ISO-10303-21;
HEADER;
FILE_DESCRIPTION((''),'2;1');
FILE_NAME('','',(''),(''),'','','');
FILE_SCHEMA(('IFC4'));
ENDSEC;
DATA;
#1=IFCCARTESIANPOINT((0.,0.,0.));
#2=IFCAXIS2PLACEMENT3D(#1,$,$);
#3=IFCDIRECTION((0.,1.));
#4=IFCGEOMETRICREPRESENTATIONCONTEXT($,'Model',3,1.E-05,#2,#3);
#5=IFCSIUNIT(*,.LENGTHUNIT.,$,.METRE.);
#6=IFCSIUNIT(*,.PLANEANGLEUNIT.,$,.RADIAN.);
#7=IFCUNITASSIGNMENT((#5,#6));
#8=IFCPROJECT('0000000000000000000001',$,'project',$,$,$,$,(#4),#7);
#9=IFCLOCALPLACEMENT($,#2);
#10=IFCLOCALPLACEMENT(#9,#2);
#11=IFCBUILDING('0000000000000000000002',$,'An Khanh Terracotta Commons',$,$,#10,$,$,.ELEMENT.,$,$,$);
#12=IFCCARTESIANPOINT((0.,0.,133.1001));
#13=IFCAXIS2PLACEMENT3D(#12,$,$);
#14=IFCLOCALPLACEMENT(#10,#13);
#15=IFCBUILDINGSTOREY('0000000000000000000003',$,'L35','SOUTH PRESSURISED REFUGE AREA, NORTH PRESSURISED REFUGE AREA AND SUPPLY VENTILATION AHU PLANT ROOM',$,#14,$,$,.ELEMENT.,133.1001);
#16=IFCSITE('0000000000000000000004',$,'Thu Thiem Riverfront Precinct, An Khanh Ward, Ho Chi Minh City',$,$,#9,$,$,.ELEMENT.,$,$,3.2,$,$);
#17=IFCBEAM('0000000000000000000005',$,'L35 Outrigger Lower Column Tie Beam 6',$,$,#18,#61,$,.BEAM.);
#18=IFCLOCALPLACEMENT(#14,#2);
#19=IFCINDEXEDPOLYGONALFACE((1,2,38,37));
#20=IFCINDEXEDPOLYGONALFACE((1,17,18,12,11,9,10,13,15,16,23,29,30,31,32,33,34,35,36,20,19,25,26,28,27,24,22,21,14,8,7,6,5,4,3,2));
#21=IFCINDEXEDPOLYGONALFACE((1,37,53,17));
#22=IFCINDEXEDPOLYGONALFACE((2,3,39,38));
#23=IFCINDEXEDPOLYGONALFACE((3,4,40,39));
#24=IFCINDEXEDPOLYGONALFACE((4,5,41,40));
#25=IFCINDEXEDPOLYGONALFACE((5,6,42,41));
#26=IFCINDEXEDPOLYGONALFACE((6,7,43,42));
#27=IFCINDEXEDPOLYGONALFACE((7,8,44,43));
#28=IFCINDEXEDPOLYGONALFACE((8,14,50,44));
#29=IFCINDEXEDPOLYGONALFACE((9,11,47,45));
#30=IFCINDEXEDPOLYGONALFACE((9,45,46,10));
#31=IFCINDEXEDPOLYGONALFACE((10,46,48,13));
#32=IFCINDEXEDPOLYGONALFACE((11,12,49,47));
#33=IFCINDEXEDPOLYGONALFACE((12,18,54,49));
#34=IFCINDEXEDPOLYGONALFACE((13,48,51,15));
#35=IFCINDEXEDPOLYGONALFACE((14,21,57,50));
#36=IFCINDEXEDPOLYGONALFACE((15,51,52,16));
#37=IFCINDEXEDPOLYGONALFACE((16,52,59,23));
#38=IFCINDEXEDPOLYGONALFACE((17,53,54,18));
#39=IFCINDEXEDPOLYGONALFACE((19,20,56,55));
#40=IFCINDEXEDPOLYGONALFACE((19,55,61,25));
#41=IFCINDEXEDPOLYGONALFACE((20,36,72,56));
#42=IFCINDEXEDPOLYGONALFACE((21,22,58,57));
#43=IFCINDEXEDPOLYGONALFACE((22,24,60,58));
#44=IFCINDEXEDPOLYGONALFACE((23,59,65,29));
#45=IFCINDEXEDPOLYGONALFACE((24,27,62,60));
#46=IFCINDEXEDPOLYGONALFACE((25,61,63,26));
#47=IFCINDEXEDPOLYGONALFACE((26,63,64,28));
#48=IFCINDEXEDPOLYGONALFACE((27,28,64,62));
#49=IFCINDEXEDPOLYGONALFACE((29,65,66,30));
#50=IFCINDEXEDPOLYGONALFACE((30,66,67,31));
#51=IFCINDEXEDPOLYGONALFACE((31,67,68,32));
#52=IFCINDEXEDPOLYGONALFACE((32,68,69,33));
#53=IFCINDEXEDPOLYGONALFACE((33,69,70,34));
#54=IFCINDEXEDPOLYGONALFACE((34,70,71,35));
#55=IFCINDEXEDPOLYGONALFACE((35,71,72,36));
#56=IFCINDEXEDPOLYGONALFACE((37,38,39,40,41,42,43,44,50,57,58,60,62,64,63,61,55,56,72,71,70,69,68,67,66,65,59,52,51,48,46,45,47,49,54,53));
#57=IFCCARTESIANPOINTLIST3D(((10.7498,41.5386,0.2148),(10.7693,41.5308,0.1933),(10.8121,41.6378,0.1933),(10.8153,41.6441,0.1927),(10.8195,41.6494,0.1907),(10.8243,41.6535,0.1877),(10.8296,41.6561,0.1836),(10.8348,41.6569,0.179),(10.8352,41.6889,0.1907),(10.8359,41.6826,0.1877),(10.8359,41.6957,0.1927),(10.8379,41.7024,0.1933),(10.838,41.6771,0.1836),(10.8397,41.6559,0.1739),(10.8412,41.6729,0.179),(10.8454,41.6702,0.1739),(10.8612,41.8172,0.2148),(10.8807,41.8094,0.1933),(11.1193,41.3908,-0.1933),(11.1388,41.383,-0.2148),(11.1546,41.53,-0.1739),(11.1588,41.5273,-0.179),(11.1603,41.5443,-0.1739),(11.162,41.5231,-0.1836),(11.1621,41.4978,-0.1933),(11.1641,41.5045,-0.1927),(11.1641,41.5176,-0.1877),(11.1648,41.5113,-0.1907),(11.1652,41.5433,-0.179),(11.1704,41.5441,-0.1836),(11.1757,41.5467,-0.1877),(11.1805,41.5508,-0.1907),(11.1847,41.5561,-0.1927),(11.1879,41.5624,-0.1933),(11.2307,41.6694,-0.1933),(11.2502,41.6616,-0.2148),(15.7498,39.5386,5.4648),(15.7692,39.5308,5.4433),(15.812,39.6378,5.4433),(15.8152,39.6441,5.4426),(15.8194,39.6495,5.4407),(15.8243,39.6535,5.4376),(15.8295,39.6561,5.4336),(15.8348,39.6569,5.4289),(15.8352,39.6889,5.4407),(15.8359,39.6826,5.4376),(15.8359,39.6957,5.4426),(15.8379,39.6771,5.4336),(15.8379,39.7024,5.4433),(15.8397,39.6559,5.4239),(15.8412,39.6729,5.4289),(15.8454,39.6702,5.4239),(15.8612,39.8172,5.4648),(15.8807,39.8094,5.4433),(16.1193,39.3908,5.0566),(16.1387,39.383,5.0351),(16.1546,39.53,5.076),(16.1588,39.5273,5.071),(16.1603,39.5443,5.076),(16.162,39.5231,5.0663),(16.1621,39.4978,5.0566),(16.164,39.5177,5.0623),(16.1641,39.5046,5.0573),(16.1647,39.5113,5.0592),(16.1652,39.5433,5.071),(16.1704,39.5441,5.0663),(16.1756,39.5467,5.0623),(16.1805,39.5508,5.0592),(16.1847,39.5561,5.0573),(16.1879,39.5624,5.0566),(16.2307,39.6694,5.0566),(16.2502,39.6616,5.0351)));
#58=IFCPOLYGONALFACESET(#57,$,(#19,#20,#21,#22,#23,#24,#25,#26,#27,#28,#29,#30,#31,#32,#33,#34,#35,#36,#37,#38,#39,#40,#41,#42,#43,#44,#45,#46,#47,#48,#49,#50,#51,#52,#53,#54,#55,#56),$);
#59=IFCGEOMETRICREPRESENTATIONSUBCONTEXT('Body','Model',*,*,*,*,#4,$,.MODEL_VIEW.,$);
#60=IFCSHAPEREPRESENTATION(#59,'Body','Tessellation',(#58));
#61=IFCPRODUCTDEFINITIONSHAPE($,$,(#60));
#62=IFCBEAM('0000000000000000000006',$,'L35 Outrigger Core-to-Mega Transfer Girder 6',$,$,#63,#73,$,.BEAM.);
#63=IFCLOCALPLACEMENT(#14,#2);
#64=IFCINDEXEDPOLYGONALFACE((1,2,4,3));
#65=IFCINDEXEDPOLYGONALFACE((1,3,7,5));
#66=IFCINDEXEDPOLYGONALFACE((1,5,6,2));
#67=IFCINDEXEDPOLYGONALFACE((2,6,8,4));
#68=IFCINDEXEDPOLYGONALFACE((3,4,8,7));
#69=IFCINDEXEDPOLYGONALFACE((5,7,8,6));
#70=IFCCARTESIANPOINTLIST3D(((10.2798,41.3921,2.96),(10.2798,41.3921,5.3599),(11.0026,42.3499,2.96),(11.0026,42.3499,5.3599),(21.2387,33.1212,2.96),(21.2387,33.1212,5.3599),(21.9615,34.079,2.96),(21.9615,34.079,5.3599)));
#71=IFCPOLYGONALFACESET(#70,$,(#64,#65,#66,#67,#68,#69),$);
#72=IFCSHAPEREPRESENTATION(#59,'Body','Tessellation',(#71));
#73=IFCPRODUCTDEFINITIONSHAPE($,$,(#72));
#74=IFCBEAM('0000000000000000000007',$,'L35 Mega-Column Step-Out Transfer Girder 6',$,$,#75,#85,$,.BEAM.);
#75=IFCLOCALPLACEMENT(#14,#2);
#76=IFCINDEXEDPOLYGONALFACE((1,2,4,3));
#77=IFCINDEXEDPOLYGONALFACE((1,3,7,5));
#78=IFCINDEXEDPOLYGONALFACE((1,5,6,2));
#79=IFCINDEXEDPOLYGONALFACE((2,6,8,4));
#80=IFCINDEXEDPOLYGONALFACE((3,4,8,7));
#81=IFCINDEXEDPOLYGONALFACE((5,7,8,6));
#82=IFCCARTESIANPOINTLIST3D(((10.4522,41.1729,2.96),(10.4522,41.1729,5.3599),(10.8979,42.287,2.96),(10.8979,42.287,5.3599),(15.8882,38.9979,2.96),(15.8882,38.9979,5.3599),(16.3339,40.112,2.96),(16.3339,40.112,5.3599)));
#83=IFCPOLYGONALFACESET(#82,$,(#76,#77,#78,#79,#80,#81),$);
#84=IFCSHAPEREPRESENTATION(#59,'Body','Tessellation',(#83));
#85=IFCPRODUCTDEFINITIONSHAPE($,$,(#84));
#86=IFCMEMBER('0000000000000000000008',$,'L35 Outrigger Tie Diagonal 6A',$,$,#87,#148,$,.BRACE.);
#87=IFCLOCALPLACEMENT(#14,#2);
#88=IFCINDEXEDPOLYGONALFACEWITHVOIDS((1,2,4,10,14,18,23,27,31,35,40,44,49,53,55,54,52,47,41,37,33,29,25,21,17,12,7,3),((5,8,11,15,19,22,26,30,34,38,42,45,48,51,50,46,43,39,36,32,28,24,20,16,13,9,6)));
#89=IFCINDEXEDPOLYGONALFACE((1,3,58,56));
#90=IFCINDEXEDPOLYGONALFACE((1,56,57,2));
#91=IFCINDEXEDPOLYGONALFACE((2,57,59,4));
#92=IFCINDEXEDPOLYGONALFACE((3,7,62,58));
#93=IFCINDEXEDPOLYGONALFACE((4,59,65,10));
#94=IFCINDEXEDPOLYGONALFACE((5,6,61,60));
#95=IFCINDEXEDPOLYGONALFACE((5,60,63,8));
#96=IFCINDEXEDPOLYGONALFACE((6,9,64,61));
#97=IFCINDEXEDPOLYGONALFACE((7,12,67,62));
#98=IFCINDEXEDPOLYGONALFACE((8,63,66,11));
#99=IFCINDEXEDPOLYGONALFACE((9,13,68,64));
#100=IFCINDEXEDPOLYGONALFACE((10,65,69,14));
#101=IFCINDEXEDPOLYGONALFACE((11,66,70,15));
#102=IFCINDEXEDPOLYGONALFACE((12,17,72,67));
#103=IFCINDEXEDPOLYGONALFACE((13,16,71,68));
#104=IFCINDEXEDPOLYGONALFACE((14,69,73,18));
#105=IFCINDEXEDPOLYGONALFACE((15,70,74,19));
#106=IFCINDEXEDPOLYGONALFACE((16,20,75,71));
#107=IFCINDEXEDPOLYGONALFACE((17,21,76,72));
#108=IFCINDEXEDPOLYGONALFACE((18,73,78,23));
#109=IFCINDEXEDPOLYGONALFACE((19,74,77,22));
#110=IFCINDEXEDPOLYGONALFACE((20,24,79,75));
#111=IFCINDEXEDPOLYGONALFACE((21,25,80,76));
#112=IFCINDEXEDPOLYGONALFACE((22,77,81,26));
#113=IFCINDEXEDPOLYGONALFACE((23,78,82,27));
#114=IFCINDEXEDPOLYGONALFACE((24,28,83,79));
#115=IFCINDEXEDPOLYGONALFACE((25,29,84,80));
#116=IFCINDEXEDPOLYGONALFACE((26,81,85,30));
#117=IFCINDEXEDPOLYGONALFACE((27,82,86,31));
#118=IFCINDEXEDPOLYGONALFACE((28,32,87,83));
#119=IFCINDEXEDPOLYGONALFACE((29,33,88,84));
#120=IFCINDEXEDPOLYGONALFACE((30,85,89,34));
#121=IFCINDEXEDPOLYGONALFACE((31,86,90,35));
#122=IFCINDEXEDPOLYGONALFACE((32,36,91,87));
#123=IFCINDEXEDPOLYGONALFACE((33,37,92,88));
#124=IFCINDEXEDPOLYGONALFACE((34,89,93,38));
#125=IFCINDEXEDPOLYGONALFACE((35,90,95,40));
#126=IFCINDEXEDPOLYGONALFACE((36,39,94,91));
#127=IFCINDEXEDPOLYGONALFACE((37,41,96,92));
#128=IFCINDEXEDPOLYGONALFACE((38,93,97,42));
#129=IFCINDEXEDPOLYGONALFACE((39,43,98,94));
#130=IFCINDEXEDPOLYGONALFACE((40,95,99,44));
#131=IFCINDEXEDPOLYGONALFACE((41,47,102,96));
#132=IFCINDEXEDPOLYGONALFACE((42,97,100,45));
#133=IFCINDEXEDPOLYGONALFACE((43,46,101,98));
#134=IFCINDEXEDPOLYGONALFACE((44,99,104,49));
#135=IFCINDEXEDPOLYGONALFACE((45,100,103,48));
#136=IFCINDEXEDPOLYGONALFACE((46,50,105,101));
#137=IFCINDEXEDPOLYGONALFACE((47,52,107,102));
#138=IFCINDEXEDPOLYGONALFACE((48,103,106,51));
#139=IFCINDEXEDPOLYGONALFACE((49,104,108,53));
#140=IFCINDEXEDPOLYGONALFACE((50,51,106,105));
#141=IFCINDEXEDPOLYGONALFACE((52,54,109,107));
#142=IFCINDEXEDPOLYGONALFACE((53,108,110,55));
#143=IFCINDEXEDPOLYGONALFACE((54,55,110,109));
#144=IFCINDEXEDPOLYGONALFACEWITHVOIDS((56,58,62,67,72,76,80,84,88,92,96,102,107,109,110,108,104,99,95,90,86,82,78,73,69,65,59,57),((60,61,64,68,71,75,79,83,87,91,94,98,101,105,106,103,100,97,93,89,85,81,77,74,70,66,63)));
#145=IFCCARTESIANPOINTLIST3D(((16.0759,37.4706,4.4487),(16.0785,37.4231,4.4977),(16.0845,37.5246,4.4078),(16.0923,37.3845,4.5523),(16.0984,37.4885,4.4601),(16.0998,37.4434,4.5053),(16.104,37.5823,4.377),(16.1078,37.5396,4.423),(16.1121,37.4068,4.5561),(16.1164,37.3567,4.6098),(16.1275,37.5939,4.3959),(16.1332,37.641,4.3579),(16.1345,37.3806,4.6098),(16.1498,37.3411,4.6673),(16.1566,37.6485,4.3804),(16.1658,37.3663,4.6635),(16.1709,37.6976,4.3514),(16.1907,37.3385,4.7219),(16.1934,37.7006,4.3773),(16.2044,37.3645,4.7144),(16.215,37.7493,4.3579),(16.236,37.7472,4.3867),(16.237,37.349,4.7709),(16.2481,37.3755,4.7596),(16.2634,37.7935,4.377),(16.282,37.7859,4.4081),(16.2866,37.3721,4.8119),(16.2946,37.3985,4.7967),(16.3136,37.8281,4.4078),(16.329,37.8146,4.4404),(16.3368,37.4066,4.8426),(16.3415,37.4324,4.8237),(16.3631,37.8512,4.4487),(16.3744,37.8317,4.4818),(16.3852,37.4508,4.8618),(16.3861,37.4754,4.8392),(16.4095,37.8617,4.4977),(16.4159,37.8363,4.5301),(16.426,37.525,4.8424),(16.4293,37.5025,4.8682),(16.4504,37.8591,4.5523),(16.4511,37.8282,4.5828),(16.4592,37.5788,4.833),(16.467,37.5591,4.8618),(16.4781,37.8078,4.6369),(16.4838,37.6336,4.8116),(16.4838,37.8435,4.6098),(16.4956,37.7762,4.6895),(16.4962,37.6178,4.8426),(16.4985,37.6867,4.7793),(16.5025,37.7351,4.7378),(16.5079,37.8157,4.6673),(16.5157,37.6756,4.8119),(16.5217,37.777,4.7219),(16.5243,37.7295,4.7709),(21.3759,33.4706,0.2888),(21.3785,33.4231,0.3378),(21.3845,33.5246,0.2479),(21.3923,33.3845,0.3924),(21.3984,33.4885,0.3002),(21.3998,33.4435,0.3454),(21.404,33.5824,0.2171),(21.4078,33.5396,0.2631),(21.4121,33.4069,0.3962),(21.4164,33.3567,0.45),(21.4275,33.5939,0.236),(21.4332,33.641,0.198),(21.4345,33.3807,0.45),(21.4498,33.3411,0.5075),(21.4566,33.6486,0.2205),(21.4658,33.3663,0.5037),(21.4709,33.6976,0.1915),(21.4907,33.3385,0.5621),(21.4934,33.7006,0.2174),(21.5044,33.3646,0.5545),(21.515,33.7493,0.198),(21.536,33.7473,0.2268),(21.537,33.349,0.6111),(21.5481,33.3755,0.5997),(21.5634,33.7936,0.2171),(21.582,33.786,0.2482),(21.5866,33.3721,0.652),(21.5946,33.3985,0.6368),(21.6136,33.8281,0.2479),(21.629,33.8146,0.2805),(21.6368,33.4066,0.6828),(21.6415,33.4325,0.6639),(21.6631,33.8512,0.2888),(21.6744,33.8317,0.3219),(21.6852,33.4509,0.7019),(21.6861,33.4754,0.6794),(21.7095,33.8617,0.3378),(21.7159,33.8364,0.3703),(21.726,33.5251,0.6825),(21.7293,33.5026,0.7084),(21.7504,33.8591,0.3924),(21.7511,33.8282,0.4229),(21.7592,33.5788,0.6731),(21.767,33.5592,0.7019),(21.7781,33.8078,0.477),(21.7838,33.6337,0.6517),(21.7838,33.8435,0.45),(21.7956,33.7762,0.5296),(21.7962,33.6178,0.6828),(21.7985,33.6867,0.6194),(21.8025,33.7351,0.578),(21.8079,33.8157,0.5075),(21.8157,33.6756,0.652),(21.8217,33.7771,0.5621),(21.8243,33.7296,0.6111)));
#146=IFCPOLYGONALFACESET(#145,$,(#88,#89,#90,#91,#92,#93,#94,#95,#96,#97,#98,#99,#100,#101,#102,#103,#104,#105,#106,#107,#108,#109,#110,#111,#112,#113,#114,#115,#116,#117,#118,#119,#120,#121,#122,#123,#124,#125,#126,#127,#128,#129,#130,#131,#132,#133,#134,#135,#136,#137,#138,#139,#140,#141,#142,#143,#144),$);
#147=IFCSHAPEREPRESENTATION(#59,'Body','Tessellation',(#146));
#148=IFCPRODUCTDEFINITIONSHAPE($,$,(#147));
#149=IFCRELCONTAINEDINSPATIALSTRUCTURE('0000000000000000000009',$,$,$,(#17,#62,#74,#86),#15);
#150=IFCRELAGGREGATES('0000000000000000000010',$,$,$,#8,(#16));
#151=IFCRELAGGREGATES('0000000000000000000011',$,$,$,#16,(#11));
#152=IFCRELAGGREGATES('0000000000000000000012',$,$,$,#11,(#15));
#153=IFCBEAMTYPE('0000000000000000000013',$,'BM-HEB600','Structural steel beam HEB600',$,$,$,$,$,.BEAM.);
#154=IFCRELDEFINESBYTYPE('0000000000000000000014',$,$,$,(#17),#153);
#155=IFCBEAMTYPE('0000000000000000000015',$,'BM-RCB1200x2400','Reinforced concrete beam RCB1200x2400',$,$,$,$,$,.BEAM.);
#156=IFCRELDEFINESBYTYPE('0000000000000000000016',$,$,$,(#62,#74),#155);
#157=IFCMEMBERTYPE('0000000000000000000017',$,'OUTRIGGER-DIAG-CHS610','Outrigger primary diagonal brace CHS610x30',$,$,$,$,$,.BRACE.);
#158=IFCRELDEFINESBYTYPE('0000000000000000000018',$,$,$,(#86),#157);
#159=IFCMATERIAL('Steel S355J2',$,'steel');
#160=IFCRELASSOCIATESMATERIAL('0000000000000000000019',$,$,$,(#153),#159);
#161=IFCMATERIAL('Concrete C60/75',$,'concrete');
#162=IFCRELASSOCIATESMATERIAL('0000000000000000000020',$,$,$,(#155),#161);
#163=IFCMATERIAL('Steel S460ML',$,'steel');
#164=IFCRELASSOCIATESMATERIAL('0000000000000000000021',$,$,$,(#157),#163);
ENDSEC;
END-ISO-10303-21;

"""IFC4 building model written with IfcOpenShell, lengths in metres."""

from ifc_helpers import new_model, si_unit, direction, frame, origin, origin_2d, place, context, subcontext, project, spatial, rectangle, hollow_circle, i_section, extrude, material, material_profile, profile_set, type_object, element, save


model = new_model("IFC4")

# Units and contexts
model_context = context("Model", 3, precision=1e-05, world=origin(), true_north=direction((0.0, 1.0)))
body_context = subcontext(model_context, "Body", "Model", "MODEL_VIEW")
ifc_project = project(units=[si_unit("LENGTHUNIT", "METRE"), si_unit("PLANEANGLEUNIT", "RADIAN")], contexts=[model_context])

# Site, building, storey
site_placement = place(None, origin())
site = spatial("IfcSite", under=ifc_project, at=site_placement, Name="Thu Thiem Riverfront Precinct, An Khanh Ward, Ho Chi Minh City", CompositionType="ELEMENT", RefElevation=3.2)
building_placement = place(site_placement, origin())
building = spatial("IfcBuilding", under=site, at=building_placement, Name="An Khanh Terracotta Commons", CompositionType="ELEMENT")
storey_placement = place(building_placement, frame((0.0, 0.0, 133.1001)))
storey = spatial("IfcBuildingStorey", under=building, at=storey_placement, Name="L35", Description="SOUTH PRESSURISED REFUGE AREA, NORTH PRESSURISED REFUGE AREA AND SUPPLY VENTILATION AHU PLANT ROOM", CompositionType="ELEMENT", Elevation=133.1001)

# Shared definitions
ifc_material_1 = material(Name="Steel S460ML", Category="steel")

# Beams
ifc_material_2 = material(Name="Steel S355J2", Category="steel")
ifc_material_profile_1 = material_profile(ifc_material_2, i_section(OverallWidth=0.3, OverallDepth=0.6001, WebThickness=0.0154, FlangeThickness=0.03, FilletRadius=0.0271, at=origin_2d()), Name="HEB600")
ifc_profile_set_1 = profile_set([ifc_material_profile_1], Name="Steel S355J2")
beam_type_1 = type_object("IfcBeamType", Name="BM-HEB600", Description="Structural steel beam HEB600", PredefinedType="BEAM", material=ifc_profile_set_1)
beam_1_placement = place(storey_placement, frame((11.0, 41.6001, 0.0), z_axis=(0.664822, -0.265929, 0.698064), x_axis=(0.371391, 0.928477, 0.0)))
element("IfcBeam", 1, at=beam_1_placement, inside=storey, type_object=beam_type_1, Name="L35 Outrigger Lower Column Tie Beam 6", PredefinedType="BEAM", context=body_context, shape_type="SweptSolid", body=[
    extrude(i_section(OverallWidth=0.3, OverallDepth=0.6001, WebThickness=0.0154, FlangeThickness=0.03, FilletRadius=0.0271, at=origin_2d()), origin(), (0.0, 0.0, 1.0), 7.5208),
])
ifc_material_3 = material(Name="Concrete C60/75", Category="concrete")
ifc_material_profile_2 = material_profile(ifc_material_3, rectangle(XDim=1.2, YDim=2.3999, at=origin_2d()), Name="RCB1200x2400")
ifc_profile_set_2 = profile_set([ifc_material_profile_2], Name="Concrete C60/75")
beam_type_2 = type_object("IfcBeamType", Name="BM-RCB1200x2400", Description="Reinforced concrete beam RCB1200x2400", PredefinedType="BEAM", material=ifc_profile_set_2)
beam_2_placement = place(storey_placement, frame((21.6001, 33.6001, 4.1599), z_axis=(-0.798187, 0.60241, 0.0), x_axis=(-0.60241, -0.798187, 0.0)))
element("IfcBeam", 2, at=beam_2_placement, inside=storey, type_object=beam_type_2, Name="L35 Outrigger Core-to-Mega Transfer Girder 6", PredefinedType="BEAM", context=body_context, shape_type="SweptSolid", body=[
    extrude(rectangle(XDim=1.2, YDim=2.3999, at=origin_2d()), origin(), (0.0, 0.0, 1.0), 13.7297),
])
beam_3_placement = place(storey_placement, frame((10.675, 41.73, 4.1599), z_axis=(0.928439, -0.371484, 0.0), x_axis=(0.371484, 0.928439, 0.0)))
element("IfcBeam", 3, at=beam_3_placement, inside=storey, type_object=beam_type_2, Name="L35 Mega-Column Step-Out Transfer Girder 6", PredefinedType="BEAM", context=body_context, shape_type="SweptSolid", body=[
    extrude(rectangle(XDim=1.2, YDim=2.3999, at=origin_2d()), origin(), (0.0, 0.0, 1.0), 5.855),
])

# Member
ifc_material_profile_3 = material_profile(ifc_material_1, hollow_circle(Radius=0.3049, WallThickness=0.03, at=origin_2d()), Name="CHS610x30")
ifc_profile_set_3 = profile_set([ifc_material_profile_3], Name="Steel S460ML")
member_type_1 = type_object("IfcMemberType", Name="OUTRIGGER-DIAG-CHS610", Description="Outrigger primary diagonal brace CHS610x30", PredefinedType="BRACE", material=ifc_profile_set_3)
for number, where, z_axis, x_axis, name in (
    (4, (21.6001, 33.6001, 0.45), (-0.676413, 0.510496, 0.530904), (-0.602403, -0.798192, 0.0), "L35 Outrigger Tie Diagonal 6A"),
):
    element("IfcMember", number, at=place(storey_placement, frame(where, z_axis=z_axis, x_axis=x_axis)), inside=storey, type_object=member_type_1, Name=name, PredefinedType="BRACE", context=body_context, shape_type="SweptSolid", body=[
        extrude(hollow_circle(Radius=0.3049, WallThickness=0.03, at=origin_2d()), origin(), (0.0, 0.0, 1.0), 7.8354),
    ])

save(model, "model.ifc")
